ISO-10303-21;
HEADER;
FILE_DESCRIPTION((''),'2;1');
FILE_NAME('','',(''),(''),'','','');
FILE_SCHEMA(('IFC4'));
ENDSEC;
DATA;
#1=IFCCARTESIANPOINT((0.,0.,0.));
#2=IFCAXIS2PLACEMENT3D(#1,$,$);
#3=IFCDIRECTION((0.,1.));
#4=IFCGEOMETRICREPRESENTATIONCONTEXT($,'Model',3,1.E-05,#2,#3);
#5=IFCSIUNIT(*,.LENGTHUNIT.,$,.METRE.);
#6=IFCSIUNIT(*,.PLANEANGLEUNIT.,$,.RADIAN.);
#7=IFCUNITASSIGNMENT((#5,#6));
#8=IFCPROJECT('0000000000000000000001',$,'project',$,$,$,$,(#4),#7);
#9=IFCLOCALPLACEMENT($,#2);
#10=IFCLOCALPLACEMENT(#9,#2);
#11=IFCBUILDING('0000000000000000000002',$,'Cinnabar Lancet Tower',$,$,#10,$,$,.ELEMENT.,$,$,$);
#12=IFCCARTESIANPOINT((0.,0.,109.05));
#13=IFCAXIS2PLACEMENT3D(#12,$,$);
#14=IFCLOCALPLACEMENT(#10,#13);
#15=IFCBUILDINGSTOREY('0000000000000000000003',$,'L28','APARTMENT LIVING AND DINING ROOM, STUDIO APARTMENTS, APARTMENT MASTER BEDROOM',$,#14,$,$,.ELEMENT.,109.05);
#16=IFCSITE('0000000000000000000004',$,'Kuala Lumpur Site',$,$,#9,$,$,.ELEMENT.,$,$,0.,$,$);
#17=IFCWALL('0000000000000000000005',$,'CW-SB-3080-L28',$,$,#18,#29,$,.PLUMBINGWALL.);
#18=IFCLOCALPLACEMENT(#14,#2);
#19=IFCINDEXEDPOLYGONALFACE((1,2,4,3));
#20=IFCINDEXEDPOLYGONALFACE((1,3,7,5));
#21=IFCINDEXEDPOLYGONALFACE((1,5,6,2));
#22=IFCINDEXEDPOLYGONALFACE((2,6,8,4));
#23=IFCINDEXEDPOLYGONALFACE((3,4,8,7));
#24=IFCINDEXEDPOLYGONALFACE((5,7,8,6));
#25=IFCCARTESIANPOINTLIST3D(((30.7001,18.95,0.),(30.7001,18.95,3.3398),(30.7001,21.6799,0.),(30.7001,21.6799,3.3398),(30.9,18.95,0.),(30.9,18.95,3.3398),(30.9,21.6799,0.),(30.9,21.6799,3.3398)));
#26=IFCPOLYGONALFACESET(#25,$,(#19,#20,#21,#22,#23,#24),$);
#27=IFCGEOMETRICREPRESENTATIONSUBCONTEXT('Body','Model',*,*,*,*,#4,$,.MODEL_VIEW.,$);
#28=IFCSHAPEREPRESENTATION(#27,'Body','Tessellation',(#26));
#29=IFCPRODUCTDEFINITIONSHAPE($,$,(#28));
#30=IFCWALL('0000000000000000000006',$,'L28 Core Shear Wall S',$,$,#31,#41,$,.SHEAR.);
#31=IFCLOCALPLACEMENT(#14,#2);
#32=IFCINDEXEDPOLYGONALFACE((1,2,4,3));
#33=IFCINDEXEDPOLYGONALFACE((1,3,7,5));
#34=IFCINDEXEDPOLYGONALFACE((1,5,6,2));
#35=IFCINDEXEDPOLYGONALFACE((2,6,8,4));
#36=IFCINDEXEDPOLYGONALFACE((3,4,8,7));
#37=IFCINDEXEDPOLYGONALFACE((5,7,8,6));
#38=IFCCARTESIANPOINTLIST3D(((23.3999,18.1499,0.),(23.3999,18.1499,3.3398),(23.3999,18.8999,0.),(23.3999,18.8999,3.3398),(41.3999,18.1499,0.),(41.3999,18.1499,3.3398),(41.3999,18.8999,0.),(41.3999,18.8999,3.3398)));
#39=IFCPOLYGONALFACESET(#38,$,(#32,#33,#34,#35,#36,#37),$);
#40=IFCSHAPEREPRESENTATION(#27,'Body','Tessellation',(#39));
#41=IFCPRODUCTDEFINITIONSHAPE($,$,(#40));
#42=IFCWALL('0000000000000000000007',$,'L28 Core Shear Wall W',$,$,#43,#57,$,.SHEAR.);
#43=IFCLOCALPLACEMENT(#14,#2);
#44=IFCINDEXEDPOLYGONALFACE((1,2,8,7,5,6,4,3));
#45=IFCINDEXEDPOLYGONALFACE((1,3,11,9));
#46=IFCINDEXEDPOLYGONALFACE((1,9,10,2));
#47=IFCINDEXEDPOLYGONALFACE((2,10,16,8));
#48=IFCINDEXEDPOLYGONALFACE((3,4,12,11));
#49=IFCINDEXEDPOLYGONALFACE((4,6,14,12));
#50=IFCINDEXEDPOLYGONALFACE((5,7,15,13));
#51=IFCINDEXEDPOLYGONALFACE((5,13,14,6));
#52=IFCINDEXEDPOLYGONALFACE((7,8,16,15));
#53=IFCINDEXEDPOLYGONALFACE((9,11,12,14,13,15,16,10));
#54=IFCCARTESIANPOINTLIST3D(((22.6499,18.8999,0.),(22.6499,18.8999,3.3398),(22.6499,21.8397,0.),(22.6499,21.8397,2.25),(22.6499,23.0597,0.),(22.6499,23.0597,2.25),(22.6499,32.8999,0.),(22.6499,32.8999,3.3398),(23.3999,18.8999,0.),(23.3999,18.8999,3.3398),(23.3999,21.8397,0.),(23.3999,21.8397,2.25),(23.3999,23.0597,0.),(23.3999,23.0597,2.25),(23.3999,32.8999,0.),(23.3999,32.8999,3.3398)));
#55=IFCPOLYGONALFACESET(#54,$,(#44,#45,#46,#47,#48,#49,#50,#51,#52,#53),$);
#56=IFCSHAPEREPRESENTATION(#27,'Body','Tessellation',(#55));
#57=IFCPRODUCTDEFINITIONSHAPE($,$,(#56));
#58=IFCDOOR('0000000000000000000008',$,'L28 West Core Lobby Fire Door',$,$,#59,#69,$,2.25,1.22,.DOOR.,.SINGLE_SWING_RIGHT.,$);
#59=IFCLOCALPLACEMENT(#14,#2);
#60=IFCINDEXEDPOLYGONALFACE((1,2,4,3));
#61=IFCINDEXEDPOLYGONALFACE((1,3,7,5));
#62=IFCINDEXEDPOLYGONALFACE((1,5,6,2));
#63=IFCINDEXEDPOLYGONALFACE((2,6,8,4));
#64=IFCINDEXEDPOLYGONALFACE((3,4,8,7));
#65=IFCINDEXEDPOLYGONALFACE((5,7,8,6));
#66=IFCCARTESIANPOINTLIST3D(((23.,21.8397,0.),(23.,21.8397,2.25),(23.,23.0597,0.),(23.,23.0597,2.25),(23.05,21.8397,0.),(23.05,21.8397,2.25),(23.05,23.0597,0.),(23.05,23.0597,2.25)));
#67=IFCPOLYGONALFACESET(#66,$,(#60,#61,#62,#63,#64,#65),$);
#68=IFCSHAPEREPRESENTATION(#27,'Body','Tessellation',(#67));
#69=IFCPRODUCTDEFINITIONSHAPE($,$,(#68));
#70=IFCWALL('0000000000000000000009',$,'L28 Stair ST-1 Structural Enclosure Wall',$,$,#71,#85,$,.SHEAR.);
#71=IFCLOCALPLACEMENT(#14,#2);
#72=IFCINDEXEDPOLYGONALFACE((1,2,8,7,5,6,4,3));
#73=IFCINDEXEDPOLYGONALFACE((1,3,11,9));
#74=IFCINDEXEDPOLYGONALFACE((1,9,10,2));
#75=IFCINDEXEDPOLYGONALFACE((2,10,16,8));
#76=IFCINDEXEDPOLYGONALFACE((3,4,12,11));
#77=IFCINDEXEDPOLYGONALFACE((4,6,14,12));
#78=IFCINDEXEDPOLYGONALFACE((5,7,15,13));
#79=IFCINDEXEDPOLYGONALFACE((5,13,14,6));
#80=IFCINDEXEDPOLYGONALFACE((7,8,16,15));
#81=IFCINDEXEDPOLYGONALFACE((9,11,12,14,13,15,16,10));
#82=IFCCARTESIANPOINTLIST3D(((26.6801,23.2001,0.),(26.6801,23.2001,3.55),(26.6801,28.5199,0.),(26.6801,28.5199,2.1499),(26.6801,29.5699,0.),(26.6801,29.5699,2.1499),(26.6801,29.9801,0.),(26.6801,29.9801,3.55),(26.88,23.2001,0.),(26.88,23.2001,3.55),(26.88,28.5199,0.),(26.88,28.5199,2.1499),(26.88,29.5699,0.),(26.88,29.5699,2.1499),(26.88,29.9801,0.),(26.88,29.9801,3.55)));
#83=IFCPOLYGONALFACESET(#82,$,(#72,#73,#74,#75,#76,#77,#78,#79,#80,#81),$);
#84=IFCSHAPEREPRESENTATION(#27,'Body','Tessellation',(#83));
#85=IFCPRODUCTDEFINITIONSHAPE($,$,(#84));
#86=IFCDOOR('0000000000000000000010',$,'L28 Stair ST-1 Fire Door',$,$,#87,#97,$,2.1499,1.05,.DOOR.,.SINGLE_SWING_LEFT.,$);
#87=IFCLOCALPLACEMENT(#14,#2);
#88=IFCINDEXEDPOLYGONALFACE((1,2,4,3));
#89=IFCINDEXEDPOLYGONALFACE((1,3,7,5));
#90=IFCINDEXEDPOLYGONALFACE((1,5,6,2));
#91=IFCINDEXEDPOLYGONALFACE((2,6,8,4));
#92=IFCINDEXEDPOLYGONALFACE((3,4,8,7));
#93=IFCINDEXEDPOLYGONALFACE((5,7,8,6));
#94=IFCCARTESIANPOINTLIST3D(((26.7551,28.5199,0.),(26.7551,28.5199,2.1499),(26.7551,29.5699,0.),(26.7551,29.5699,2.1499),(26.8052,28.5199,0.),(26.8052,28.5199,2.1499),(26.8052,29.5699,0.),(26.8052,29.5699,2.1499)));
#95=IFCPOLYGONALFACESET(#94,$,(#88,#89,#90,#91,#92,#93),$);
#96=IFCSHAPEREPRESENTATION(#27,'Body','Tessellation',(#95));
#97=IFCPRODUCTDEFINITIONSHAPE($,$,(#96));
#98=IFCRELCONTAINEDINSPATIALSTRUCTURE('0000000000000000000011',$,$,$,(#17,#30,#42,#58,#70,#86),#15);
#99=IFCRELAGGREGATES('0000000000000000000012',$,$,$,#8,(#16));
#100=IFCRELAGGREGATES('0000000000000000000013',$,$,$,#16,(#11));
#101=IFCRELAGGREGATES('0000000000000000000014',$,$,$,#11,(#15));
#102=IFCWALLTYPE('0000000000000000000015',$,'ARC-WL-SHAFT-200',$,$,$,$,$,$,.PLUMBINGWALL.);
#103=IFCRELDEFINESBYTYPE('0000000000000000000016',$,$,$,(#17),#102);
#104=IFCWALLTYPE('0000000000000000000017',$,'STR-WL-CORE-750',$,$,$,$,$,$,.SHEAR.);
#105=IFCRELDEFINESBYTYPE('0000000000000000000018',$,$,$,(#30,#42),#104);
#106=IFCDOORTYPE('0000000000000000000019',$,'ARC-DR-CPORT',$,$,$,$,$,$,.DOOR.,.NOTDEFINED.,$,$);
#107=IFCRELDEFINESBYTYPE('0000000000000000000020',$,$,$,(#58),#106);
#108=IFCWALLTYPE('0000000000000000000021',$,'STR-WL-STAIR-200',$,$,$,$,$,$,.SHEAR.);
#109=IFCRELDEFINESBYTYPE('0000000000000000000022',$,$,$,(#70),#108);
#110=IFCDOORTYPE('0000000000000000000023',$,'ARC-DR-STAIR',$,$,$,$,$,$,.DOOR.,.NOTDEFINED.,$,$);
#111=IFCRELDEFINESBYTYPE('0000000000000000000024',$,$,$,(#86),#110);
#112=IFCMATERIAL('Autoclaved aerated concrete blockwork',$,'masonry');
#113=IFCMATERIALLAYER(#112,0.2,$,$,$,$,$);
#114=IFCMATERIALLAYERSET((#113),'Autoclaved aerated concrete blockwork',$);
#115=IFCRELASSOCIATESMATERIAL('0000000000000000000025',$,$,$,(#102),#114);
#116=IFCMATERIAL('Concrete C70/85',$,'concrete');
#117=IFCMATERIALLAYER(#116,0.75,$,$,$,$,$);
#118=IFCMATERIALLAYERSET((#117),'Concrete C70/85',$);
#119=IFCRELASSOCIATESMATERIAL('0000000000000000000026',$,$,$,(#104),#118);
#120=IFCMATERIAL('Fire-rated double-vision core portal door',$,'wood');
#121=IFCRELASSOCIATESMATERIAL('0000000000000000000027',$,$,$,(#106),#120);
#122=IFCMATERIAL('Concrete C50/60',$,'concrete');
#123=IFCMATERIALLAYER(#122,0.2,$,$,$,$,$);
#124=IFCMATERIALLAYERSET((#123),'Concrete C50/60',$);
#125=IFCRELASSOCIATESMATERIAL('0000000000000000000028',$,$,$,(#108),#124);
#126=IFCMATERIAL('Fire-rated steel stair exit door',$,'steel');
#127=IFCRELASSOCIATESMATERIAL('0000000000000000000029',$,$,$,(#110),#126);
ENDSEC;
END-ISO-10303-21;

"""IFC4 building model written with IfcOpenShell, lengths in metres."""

from ifc_helpers import new_model, si_unit, direction, frame, frame_2d, origin, place, context, subcontext, project, spatial, rectangle, extrude, material, layer, layer_set, type_object, element, fill, save


model = new_model("IFC4")

# Units and contexts
model_context = context("Model", 3, precision=1e-05, world=origin(), true_north=direction((0.0, 1.0)))
body_context = subcontext(model_context, "Body", "Model", "MODEL_VIEW")
ifc_project = project(units=[si_unit("LENGTHUNIT", "METRE"), si_unit("PLANEANGLEUNIT", "RADIAN")], contexts=[model_context])

# Site, building, storey
site_placement = place(None, origin())
site = spatial("IfcSite", under=ifc_project, at=site_placement, Name="Kuala Lumpur Site", CompositionType="ELEMENT", RefElevation=0.0)
building_placement = place(site_placement, origin())
building = spatial("IfcBuilding", under=site, at=building_placement, Name="Cinnabar Lancet Tower", CompositionType="ELEMENT")
storey_placement = place(building_placement, frame((0.0, 0.0, 109.05)))
storey = spatial("IfcBuildingStorey", under=building, at=storey_placement, Name="L28", Description="APARTMENT LIVING AND DINING ROOM, STUDIO APARTMENTS, APARTMENT MASTER BEDROOM", CompositionType="ELEMENT", Elevation=109.05)

# Shared definitions
ifc_material_1 = material(Name="Autoclaved aerated concrete blockwork", Category="masonry")
ifc_layer_1 = layer(ifc_material_1, 0.2)
ifc_layer_set_1 = layer_set([ifc_layer_1], Name="Autoclaved aerated concrete blockwork")
wall_type_1 = type_object("IfcWallType", Name="ARC-WL-SHAFT-200", PredefinedType="PLUMBINGWALL", material=ifc_layer_set_1)

# Walls
for number, where, z_axis, x_axis, name in (
    (1, (30.8, 18.95, 0.0), (0.0, 0.0, 1.0), (0.0, 1.0, 0.0), "CW-SB-3080-L28"),
):
    element("IfcWall", number, at=place(storey_placement, frame(where, z_axis=z_axis, x_axis=x_axis)), inside=storey, type_object=wall_type_1, Name=name, PredefinedType="PLUMBINGWALL", context=body_context, shape_type="SweptSolid", body=[
        extrude(rectangle(XDim=2.73, YDim=0.2, at=frame_2d((1.365, 0.0))), origin(), (0.0, 0.0, 1.0), 3.3398),
    ])
ifc_material_2 = material(Name="Concrete C70/85", Category="concrete")
ifc_layer_2 = layer(ifc_material_2, 0.75)
ifc_layer_set_2 = layer_set([ifc_layer_2], Name="Concrete C70/85")
wall_type_2 = type_object("IfcWallType", Name="STR-WL-CORE-750", PredefinedType="SHEAR", material=ifc_layer_set_2)
wall_1_placement = place(storey_placement, frame((23.3999, 18.5249, 0.0), z_axis=(0.0, 0.0, 1.0), x_axis=(1.0, 0.0, 0.0)))
element("IfcWall", 2, at=wall_1_placement, inside=storey, type_object=wall_type_2, Name="L28 Core Shear Wall S", PredefinedType="SHEAR", context=body_context, shape_type="SweptSolid", body=[
    extrude(rectangle(XDim=18.0, YDim=0.75, at=frame_2d((9.0, 0.0))), origin(), (0.0, 0.0, 1.0), 3.3398),
])

# Walls, openings, doors
wall_2_placement = place(storey_placement, frame((23.0249, 18.8999, 0.0), z_axis=(0.0, 0.0, 1.0), x_axis=(0.0, 1.0, 0.0)))
wall_2 = element("IfcWall", 3, at=wall_2_placement, inside=storey, type_object=wall_type_2, Name="L28 Core Shear Wall W", PredefinedType="SHEAR", context=body_context, shape_type="SweptSolid", body=[
    extrude(rectangle(XDim=14.0, YDim=0.75, at=frame_2d((7.0, 0.0))), origin(), (0.0, 0.0, 1.0), 3.3398),
])
opening_1_placement = place(wall_2_placement, frame((2.9399, 0.0, 0.0)))
opening_1 = element("IfcOpeningElement", 4, at=opening_1_placement, cuts=wall_2, PredefinedType="OPENING", context=body_context, shape_type="SweptSolid", body=[
    extrude(rectangle(XDim=1.22, YDim=2.25, at=frame_2d((0.6099, 1.125))), frame((0.0, 0.385, 0.0), z_axis=(0.0, -1.0, 0.0), x_axis=(1.0, 0.0, 0.0)), (0.0, 0.0, 1.0), 0.77),
])
ifc_material_3 = material(Name="Fire-rated double-vision core portal door", Category="wood")
door_type_1 = type_object("IfcDoorType", Name="ARC-DR-CPORT", OperationType="NOTDEFINED", PredefinedType="DOOR", material=ifc_material_3)
door_1_placement = place(opening_1_placement, origin())
door_1 = element("IfcDoor", 5, at=door_1_placement, inside=storey, type_object=door_type_1, Name="L28 West Core Lobby Fire Door", OperationType="SINGLE_SWING_RIGHT", OverallHeight=2.25, OverallWidth=1.22, PredefinedType="DOOR", context=body_context, shape_type="SweptSolid", body=[
    extrude(rectangle(XDim=1.22, YDim=2.25, at=frame_2d((0.6099, 1.125))), frame((0.0, 0.0249, 0.0), z_axis=(0.0, -1.0, 0.0), x_axis=(1.0, 0.0, 0.0)), (0.0, 0.0, 1.0), 0.05),
])
fill(opening_1, door_1)
ifc_material_4 = material(Name="Concrete C50/60", Category="concrete")
ifc_layer_3 = layer(ifc_material_4, 0.2)
ifc_layer_set_3 = layer_set([ifc_layer_3], Name="Concrete C50/60")
wall_type_3 = type_object("IfcWallType", Name="STR-WL-STAIR-200", PredefinedType="SHEAR", material=ifc_layer_set_3)
wall_3_placement = place(storey_placement, frame((26.78, 23.2, 0.0), z_axis=(0.0, 0.0, 1.0), x_axis=(0.0, 1.0, 0.0)))
wall_3 = element("IfcWall", 6, at=wall_3_placement, inside=storey, type_object=wall_type_3, Name="L28 Stair ST-1 Structural Enclosure Wall", PredefinedType="SHEAR", context=body_context, shape_type="SweptSolid", body=[
    extrude(rectangle(XDim=6.78, YDim=0.2, at=frame_2d((3.3901, 0.0))), origin(), (0.0, 0.0, 1.0), 3.55),
])
opening_2_placement = place(wall_3_placement, frame((5.3201, 0.0, 0.0)))
opening_2 = element("IfcOpeningElement", 7, at=opening_2_placement, cuts=wall_3, PredefinedType="OPENING", context=body_context, shape_type="SweptSolid", body=[
    extrude(rectangle(XDim=1.05, YDim=2.1499, at=frame_2d((0.5249, 1.075))), frame((0.0, 0.1099, 0.0), z_axis=(0.0, -1.0, 0.0), x_axis=(1.0, 0.0, 0.0)), (0.0, 0.0, 1.0), 0.22),
])
ifc_material_5 = material(Name="Fire-rated steel stair exit door", Category="steel")
door_type_2 = type_object("IfcDoorType", Name="ARC-DR-STAIR", OperationType="NOTDEFINED", PredefinedType="DOOR", material=ifc_material_5)
door_2_placement = place(opening_2_placement, origin())
door_2 = element("IfcDoor", 8, at=door_2_placement, inside=storey, type_object=door_type_2, Name="L28 Stair ST-1 Fire Door", OperationType="SINGLE_SWING_LEFT", OverallHeight=2.1499, OverallWidth=1.05, PredefinedType="DOOR", context=body_context, shape_type="SweptSolid", body=[
    extrude(rectangle(XDim=1.05, YDim=2.1499, at=frame_2d((0.5249, 1.075))), frame((0.0, 0.0249, 0.0), z_axis=(0.0, -1.0, 0.0), x_axis=(1.0, 0.0, 0.0)), (0.0, 0.0, 1.0), 0.05),
])
fill(opening_2, door_2)

save(model, "model.ifc")
